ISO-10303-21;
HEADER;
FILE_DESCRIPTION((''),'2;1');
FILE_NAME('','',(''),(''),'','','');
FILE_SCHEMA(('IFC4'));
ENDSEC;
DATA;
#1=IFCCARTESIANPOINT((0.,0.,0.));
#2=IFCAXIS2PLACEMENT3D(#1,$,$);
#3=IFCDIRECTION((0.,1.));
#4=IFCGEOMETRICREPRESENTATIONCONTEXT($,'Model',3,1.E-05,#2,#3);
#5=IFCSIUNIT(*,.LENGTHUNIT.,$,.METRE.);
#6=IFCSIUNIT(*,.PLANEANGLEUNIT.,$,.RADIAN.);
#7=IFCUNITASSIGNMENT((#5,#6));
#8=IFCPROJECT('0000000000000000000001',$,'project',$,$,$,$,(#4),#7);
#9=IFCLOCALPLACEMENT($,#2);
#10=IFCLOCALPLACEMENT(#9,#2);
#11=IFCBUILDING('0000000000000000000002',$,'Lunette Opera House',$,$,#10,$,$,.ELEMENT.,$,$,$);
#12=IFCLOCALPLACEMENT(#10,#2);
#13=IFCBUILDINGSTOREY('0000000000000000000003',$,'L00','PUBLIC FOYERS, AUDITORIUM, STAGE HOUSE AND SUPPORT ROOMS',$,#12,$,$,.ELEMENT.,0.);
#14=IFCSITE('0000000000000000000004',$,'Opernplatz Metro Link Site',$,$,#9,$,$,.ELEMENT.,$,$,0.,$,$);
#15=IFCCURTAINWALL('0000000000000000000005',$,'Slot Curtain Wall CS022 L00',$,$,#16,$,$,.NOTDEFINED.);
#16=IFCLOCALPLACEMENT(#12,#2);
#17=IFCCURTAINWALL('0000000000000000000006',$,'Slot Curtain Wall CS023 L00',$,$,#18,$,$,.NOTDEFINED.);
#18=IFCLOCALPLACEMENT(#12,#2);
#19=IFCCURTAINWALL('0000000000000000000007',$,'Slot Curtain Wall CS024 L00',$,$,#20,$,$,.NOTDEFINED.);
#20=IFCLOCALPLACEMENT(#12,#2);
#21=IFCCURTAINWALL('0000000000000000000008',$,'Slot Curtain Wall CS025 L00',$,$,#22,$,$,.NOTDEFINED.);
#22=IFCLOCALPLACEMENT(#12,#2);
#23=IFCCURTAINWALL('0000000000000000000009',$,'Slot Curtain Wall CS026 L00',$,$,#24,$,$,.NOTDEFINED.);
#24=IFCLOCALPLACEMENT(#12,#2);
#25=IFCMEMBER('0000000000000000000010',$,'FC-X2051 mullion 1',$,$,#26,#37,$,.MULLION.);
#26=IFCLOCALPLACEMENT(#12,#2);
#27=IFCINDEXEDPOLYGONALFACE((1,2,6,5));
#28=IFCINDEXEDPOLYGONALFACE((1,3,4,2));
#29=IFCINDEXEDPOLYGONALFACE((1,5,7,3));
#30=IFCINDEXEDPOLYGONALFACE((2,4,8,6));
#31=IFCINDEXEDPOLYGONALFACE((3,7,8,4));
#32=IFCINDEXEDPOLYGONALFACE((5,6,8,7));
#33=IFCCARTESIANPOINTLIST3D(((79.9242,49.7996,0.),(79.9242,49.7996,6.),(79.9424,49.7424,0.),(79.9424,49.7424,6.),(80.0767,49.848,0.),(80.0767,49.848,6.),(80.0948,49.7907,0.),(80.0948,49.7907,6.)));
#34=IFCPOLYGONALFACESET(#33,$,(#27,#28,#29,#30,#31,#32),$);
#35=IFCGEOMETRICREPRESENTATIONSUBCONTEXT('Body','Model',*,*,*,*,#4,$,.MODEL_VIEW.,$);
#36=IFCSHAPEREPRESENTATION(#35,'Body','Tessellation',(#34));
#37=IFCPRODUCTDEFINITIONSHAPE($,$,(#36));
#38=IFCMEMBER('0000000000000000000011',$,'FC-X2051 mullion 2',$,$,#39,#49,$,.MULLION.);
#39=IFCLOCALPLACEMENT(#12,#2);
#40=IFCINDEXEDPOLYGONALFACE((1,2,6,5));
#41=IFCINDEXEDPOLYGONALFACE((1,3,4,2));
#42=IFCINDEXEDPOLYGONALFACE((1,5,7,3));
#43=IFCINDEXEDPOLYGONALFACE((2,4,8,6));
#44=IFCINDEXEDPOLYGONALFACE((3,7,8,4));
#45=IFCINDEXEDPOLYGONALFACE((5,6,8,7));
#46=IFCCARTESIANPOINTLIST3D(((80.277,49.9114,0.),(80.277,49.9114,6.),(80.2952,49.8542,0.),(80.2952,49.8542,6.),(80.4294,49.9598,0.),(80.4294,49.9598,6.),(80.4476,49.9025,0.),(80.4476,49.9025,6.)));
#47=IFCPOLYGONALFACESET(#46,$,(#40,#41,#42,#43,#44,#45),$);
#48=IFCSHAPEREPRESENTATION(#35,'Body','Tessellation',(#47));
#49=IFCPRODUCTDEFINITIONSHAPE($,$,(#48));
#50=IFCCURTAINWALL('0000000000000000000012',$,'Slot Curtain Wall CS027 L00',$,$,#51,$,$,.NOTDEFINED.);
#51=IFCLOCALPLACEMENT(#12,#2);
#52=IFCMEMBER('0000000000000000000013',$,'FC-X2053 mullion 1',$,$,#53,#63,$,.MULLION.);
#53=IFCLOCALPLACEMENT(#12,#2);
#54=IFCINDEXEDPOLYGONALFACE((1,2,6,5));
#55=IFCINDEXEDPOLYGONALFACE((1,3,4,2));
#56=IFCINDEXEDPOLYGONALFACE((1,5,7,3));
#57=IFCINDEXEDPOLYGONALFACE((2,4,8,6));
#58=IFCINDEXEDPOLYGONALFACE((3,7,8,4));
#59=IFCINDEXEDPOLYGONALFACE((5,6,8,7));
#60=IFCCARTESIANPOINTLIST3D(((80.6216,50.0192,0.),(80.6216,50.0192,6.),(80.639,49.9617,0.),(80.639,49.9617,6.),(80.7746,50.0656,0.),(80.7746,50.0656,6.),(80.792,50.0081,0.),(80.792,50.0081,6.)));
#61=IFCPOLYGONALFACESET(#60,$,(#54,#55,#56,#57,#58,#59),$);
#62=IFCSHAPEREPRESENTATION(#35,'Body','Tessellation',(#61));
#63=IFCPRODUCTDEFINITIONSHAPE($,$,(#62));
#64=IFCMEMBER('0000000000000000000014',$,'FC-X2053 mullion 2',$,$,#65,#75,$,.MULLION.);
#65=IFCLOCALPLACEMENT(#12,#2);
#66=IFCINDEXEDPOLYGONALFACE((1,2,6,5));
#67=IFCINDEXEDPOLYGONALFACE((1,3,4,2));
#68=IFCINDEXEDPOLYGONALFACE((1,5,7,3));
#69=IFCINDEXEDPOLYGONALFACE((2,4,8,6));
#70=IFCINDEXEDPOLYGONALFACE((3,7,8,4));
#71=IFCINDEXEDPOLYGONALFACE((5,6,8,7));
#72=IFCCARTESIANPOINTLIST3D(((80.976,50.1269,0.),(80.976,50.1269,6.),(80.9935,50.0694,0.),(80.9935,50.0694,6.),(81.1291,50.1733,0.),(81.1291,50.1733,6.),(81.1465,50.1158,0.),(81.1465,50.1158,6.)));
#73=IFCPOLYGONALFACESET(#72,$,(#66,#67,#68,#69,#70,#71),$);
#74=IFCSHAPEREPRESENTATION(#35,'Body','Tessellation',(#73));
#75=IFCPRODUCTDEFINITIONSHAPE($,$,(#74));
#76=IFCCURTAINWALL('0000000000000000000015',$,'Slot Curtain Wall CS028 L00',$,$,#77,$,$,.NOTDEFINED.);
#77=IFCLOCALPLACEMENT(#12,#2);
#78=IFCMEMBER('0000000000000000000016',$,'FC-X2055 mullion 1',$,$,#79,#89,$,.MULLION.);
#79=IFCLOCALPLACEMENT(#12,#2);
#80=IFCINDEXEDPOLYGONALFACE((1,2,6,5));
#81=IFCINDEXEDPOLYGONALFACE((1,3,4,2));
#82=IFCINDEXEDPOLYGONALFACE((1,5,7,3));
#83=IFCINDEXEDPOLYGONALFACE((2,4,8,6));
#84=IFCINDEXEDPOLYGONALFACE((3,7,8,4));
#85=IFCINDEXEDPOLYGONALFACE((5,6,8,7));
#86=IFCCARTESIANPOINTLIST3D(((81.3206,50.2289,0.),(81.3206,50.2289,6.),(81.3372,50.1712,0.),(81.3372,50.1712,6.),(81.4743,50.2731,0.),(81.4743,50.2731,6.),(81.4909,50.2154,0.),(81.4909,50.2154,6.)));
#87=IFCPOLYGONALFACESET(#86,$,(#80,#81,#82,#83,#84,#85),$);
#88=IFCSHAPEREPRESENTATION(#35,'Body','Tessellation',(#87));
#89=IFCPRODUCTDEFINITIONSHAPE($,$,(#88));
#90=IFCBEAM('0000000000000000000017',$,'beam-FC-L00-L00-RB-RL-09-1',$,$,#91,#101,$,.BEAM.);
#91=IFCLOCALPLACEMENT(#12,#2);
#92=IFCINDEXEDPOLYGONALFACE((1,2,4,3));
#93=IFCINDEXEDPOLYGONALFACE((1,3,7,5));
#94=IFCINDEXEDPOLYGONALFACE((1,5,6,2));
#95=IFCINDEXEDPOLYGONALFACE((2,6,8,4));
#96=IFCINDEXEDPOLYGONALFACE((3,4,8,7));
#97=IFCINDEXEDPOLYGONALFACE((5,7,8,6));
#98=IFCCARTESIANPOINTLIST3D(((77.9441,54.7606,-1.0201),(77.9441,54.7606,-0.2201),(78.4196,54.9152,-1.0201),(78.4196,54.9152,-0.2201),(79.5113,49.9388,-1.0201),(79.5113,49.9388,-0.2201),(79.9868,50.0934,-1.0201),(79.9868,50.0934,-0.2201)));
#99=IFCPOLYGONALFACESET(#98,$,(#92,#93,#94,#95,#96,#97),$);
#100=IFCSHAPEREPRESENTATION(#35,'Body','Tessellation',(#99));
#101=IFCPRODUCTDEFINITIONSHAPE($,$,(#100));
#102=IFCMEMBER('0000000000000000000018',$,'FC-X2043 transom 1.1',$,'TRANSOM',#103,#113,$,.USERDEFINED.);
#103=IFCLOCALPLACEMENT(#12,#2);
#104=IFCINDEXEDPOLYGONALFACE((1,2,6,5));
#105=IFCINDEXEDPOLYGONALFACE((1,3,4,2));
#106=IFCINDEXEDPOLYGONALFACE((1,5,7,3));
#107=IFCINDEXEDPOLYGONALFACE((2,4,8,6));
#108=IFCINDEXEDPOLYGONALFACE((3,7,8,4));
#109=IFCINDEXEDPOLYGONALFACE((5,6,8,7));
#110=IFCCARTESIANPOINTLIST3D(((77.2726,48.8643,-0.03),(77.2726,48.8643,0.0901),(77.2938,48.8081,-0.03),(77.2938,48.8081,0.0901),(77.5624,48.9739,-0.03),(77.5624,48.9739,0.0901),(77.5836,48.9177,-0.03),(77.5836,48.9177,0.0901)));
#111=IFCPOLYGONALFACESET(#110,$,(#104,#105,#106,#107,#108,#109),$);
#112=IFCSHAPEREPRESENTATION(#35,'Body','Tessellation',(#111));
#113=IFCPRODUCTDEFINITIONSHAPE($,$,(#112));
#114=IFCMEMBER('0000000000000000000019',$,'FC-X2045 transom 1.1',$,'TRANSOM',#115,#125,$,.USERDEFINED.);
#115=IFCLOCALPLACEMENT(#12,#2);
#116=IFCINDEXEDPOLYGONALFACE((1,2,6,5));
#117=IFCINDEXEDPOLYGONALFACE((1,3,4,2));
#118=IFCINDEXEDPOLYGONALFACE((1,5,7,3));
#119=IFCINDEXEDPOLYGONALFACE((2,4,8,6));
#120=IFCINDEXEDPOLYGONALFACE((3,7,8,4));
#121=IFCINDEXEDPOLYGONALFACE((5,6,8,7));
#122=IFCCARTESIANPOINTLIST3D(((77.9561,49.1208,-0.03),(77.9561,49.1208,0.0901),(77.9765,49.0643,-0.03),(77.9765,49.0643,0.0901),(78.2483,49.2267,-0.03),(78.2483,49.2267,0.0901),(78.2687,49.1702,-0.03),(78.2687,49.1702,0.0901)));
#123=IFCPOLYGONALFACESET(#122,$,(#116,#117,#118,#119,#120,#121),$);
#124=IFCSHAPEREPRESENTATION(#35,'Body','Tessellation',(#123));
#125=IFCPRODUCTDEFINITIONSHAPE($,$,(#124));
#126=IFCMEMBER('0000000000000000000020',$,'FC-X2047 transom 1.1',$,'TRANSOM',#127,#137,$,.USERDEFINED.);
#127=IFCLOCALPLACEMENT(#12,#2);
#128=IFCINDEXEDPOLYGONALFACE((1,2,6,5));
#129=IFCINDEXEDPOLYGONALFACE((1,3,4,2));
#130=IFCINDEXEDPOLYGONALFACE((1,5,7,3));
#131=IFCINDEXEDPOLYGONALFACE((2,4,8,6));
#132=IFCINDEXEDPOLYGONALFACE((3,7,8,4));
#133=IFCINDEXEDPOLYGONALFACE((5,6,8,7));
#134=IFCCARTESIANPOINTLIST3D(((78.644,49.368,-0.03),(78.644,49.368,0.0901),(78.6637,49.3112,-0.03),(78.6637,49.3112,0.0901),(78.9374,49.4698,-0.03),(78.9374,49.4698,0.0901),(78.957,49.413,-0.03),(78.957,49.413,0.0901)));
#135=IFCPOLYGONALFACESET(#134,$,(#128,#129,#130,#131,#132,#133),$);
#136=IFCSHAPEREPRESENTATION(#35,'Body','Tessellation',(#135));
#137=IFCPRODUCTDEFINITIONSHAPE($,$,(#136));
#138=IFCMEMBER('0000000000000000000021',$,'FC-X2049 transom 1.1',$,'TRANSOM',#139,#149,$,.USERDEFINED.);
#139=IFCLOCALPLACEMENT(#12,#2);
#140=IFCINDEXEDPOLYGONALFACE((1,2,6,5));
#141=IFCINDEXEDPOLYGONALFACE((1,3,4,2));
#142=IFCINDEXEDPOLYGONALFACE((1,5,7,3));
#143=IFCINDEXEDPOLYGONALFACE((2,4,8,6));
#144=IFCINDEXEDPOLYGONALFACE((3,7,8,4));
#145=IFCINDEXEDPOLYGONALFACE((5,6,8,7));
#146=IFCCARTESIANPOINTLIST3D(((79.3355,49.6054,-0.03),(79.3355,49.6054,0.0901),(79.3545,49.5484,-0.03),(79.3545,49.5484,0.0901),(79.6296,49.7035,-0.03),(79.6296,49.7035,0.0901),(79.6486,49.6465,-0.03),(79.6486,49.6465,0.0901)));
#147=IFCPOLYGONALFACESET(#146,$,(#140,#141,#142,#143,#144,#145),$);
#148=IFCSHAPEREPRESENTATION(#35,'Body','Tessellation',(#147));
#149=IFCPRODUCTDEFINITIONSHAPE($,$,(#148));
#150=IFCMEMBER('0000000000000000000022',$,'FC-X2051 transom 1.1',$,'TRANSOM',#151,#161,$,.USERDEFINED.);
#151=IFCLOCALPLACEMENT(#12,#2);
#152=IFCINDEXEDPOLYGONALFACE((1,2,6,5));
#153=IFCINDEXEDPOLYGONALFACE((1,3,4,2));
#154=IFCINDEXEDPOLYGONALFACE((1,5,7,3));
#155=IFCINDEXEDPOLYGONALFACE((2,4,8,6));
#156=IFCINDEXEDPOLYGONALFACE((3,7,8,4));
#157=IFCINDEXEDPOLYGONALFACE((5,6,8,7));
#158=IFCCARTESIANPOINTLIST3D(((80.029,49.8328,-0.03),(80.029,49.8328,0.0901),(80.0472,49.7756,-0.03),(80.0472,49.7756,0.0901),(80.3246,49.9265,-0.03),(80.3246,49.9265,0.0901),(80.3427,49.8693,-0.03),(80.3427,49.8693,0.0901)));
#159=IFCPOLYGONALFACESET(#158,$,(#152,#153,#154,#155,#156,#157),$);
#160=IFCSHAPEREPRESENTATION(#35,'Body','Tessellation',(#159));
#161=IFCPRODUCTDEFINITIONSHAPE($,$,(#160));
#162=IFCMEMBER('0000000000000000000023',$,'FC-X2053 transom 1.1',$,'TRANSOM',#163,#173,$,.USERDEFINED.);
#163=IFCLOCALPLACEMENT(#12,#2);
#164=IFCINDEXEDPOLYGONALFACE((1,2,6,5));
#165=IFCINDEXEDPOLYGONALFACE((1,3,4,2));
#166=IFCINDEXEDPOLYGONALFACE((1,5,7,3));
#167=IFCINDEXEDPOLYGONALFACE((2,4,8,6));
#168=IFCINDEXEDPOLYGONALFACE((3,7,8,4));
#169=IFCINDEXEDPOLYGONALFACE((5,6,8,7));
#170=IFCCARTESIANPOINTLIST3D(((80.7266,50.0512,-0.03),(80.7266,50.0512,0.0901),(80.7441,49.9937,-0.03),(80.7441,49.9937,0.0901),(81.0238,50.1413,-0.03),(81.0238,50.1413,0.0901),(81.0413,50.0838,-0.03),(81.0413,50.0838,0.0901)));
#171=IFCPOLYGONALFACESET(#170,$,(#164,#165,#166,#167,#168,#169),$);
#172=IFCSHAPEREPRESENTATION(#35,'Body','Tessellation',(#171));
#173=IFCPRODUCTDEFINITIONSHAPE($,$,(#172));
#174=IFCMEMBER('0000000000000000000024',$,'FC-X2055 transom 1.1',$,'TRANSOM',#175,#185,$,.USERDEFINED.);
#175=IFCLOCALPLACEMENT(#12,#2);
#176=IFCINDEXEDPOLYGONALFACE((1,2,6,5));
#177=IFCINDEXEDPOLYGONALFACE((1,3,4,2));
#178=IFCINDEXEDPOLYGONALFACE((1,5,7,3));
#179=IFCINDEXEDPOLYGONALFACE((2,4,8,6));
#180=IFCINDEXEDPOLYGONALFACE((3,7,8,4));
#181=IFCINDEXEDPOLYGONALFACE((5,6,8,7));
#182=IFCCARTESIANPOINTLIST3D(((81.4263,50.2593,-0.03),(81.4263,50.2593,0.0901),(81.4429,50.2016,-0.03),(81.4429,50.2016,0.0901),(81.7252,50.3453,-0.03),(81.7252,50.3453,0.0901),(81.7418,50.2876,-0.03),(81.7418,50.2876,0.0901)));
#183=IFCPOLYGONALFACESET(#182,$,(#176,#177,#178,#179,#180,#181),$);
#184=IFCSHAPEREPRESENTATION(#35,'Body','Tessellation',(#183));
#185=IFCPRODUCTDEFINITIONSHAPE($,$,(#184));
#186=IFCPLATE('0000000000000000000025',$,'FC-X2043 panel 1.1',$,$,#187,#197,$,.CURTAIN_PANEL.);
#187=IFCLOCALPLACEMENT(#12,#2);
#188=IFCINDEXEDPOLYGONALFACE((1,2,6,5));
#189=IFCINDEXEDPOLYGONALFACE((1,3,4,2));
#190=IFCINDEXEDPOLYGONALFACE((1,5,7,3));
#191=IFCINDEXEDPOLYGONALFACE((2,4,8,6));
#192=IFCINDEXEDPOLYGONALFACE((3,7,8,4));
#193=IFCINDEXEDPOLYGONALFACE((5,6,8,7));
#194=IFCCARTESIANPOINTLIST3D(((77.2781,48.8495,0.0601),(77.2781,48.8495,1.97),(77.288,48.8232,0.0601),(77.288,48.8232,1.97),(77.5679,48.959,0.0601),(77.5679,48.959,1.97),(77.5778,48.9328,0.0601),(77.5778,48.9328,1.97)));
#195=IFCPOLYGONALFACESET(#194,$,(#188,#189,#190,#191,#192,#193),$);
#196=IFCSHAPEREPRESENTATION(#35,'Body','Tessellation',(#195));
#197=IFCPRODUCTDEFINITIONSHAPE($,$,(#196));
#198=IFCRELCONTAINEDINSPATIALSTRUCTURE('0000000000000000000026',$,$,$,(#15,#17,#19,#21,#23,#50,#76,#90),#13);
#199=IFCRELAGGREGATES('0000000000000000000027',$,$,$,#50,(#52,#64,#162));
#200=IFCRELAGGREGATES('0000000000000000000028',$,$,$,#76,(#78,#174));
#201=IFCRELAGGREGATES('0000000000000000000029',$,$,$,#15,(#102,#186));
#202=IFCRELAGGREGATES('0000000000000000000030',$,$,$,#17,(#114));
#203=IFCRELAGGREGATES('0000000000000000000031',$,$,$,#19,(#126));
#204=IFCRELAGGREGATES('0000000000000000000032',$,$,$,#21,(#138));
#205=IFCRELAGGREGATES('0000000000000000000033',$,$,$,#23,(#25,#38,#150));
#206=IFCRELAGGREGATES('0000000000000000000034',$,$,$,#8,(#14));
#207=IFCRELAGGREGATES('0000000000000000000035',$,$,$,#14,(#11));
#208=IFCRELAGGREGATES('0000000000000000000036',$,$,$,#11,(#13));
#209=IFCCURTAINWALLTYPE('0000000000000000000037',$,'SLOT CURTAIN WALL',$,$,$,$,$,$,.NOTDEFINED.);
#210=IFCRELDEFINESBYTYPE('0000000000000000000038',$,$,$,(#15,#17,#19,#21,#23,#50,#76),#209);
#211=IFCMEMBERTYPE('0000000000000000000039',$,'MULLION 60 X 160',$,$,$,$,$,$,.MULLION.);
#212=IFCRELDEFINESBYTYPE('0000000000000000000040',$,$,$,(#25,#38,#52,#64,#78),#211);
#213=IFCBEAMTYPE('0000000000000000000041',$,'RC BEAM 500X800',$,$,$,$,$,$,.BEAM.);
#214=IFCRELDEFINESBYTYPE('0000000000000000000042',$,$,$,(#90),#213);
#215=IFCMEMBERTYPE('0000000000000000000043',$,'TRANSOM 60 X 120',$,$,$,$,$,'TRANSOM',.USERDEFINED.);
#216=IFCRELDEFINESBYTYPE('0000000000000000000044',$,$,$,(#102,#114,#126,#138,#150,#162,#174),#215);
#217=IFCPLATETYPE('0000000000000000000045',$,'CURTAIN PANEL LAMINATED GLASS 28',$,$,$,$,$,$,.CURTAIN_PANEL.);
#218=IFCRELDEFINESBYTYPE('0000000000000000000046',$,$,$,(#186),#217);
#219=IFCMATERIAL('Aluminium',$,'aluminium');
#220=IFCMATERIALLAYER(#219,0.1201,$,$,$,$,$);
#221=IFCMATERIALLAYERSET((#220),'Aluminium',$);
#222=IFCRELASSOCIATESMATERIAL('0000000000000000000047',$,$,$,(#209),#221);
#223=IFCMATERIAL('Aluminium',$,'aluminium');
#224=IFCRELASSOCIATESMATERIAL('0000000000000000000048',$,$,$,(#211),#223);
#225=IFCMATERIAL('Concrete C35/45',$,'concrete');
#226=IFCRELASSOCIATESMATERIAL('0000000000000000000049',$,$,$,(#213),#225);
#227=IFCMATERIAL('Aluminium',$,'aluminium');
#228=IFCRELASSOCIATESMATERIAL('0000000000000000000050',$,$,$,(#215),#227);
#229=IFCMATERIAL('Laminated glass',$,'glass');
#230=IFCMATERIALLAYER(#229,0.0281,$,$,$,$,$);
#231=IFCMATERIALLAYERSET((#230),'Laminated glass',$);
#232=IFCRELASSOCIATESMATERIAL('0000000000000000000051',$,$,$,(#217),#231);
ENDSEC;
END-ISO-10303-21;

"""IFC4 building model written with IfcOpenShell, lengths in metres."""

from ifc_helpers import new_model, si_unit, direction, frame, origin, origin_2d, place, context, subcontext, project, spatial, rectangle, extrude, material, layer, layer_set, material_profile, profile_set, type_object, element, aggregate, save


model = new_model("IFC4")

# Units and contexts
model_context = context("Model", 3, precision=1e-05, world=origin(), true_north=direction((0.0, 1.0)))
body_context = subcontext(model_context, "Body", "Model", "MODEL_VIEW")
ifc_project = project(units=[si_unit("LENGTHUNIT", "METRE"), si_unit("PLANEANGLEUNIT", "RADIAN")], contexts=[model_context])

# Site, building, storey
site_placement = place(None, origin())
site = spatial("IfcSite", under=ifc_project, at=site_placement, Name="Opernplatz Metro Link Site", CompositionType="ELEMENT", RefElevation=0.0)
building_placement = place(site_placement, origin())
building = spatial("IfcBuilding", under=site, at=building_placement, Name="Lunette Opera House", CompositionType="ELEMENT")
storey_placement = place(building_placement, origin())
storey = spatial("IfcBuildingStorey", under=building, at=storey_placement, Name="L00", Description="PUBLIC FOYERS, AUDITORIUM, STAGE HOUSE AND SUPPORT ROOMS", CompositionType="ELEMENT", Elevation=0.0)

# Shared definitions
ifc_material_1 = material(Name="Aluminium", Category="aluminium")
ifc_layer_1 = layer(ifc_material_1, 0.1201)
ifc_layer_set_1 = layer_set([ifc_layer_1], Name="Aluminium")
curtain_wall_type = type_object("IfcCurtainWallType", Name="SLOT CURTAIN WALL", PredefinedType="NOTDEFINED", material=ifc_layer_set_1)
ifc_material_2 = material(Name="Aluminium", Category="aluminium")
ifc_material_profile_1 = material_profile(ifc_material_2, rectangle(XDim=0.0601, YDim=0.1599, at=origin_2d()), Name="MULLION 60 X 160")
ifc_profile_set_1 = profile_set([ifc_material_profile_1], Name="Aluminium")
member_type_1 = type_object("IfcMemberType", Name="MULLION 60 X 160", PredefinedType="MULLION", material=ifc_profile_set_1)

# Curtain walls, members
curtain_wall_1_placement = place(storey_placement, origin())
curtain_wall_1 = element("IfcCurtainWall", 1, at=curtain_wall_1_placement, inside=storey, type_object=curtain_wall_type, Name="Slot Curtain Wall CS022 L00", PredefinedType="NOTDEFINED")
curtain_wall_2_placement = place(storey_placement, origin())
curtain_wall_2 = element("IfcCurtainWall", 2, at=curtain_wall_2_placement, inside=storey, type_object=curtain_wall_type, Name="Slot Curtain Wall CS023 L00", PredefinedType="NOTDEFINED")
curtain_wall_3_placement = place(storey_placement, origin())
curtain_wall_3 = element("IfcCurtainWall", 3, at=curtain_wall_3_placement, inside=storey, type_object=curtain_wall_type, Name="Slot Curtain Wall CS024 L00", PredefinedType="NOTDEFINED")
curtain_wall_4_placement = place(storey_placement, origin())
curtain_wall_4 = element("IfcCurtainWall", 4, at=curtain_wall_4_placement, inside=storey, type_object=curtain_wall_type, Name="Slot Curtain Wall CS025 L00", PredefinedType="NOTDEFINED")
curtain_wall_5_placement = place(storey_placement, origin())
curtain_wall_5 = element("IfcCurtainWall", 5, at=curtain_wall_5_placement, inside=storey, type_object=curtain_wall_type, Name="Slot Curtain Wall CS026 L00", PredefinedType="NOTDEFINED")
member_1_placement = place(storey_placement, frame((80.0095, 49.7952, 0.0), z_axis=(0.0, 0.0, 1.0), x_axis=(-0.302244, 0.953231, 0.0)))
member_1 = element("IfcMember", 6, at=member_1_placement, type_object=member_type_1, Name="FC-X2051 mullion 1", PredefinedType="MULLION", context=body_context, shape_type="SweptSolid", body=[
    extrude(rectangle(XDim=0.0601, YDim=0.1599, at=origin_2d()), origin(), (0.0, 0.0, 1.0), 6.0),
])
member_2_placement = place(storey_placement, frame((80.3623, 49.907, 0.0), z_axis=(0.0, 0.0, 1.0), x_axis=(-0.302244, 0.953231, 0.0)))
member_2 = element("IfcMember", 7, at=member_2_placement, type_object=member_type_1, Name="FC-X2051 mullion 2", PredefinedType="MULLION", context=body_context, shape_type="SweptSolid", body=[
    extrude(rectangle(XDim=0.0601, YDim=0.1599, at=origin_2d()), origin(), (0.0, 0.0, 1.0), 6.0),
])
curtain_wall_6_placement = place(storey_placement, origin())
curtain_wall_6 = element("IfcCurtainWall", 8, at=curtain_wall_6_placement, inside=storey, type_object=curtain_wall_type, Name="Slot Curtain Wall CS027 L00", PredefinedType="NOTDEFINED")
member_3_placement = place(storey_placement, frame((80.7068, 50.0137, 0.0), z_axis=(0.0, 0.0, 1.0), x_axis=(-0.29033, 0.956927, 0.0)))
member_3 = element("IfcMember", 9, at=member_3_placement, type_object=member_type_1, Name="FC-X2053 mullion 1", PredefinedType="MULLION", context=body_context, shape_type="SweptSolid", body=[
    extrude(rectangle(XDim=0.0601, YDim=0.1599, at=origin_2d()), origin(), (0.0, 0.0, 1.0), 6.0),
])
member_4_placement = place(storey_placement, frame((81.0613, 50.1213, 0.0), z_axis=(0.0, 0.0, 1.0), x_axis=(-0.29033, 0.956927, 0.0)))
member_4 = element("IfcMember", 10, at=member_4_placement, type_object=member_type_1, Name="FC-X2053 mullion 2", PredefinedType="MULLION", context=body_context, shape_type="SweptSolid", body=[
    extrude(rectangle(XDim=0.0601, YDim=0.1599, at=origin_2d()), origin(), (0.0, 0.0, 1.0), 6.0),
])

# Curtain wall, member
curtain_wall_7_placement = place(storey_placement, origin())
curtain_wall_7 = element("IfcCurtainWall", 11, at=curtain_wall_7_placement, inside=storey, type_object=curtain_wall_type, Name="Slot Curtain Wall CS028 L00", PredefinedType="NOTDEFINED")
member_5_placement = place(storey_placement, frame((81.4058, 50.2222, 0.0), z_axis=(0.0, 0.0, 1.0), x_axis=(-0.276254, 0.961085, 0.0)))
member_5 = element("IfcMember", 12, at=member_5_placement, type_object=member_type_1, Name="FC-X2055 mullion 1", PredefinedType="MULLION", context=body_context, shape_type="SweptSolid", body=[
    extrude(rectangle(XDim=0.0601, YDim=0.1599, at=origin_2d()), origin(), (0.0, 0.0, 1.0), 6.0),
])

# Beam
ifc_material_3 = material(Name="Concrete C35/45", Category="concrete")
ifc_material_profile_2 = material_profile(ifc_material_3, rectangle(XDim=0.5, YDim=0.8, at=origin_2d()), Name="RC BEAM 500X800")
ifc_profile_set_2 = profile_set([ifc_material_profile_2], Name="Concrete C35/45")
beam_type = type_object("IfcBeamType", Name="RC BEAM 500X800", PredefinedType="BEAM", material=ifc_profile_set_2)
beam_placement = place(storey_placement, frame((79.749, 50.0161, -0.6201), z_axis=(-0.309097, 0.951031, 0.0), x_axis=(-0.951031, -0.309097, 0.0)))
element("IfcBeam", 13, at=beam_placement, inside=storey, type_object=beam_type, Name="beam-FC-L00-L00-RB-RL-09-1", PredefinedType="BEAM", context=body_context, shape_type="SweptSolid", body=[
    extrude(rectangle(XDim=0.5, YDim=0.8, at=origin_2d()), origin(), (0.0, 0.0, 1.0), 5.0701),
])

# Members
ifc_material_4 = material(Name="Aluminium", Category="aluminium")
ifc_material_profile_3 = material_profile(ifc_material_4, rectangle(XDim=0.0601, YDim=0.1201, at=origin_2d()), Name="TRANSOM 60 X 120")
ifc_profile_set_3 = profile_set([ifc_material_profile_3], Name="Aluminium")
member_type_2 = type_object("IfcMemberType", Name="TRANSOM 60 X 120", ElementType="TRANSOM", PredefinedType="USERDEFINED", material=ifc_profile_set_3)
member_6_placement = place(storey_placement, frame((77.2832, 48.8362, 0.03), z_axis=(0.935321, 0.353799, 0.0), x_axis=(-0.353799, 0.935321, 0.0)))
member_6 = element("IfcMember", 14, at=member_6_placement, type_object=member_type_2, Name="FC-X2043 transom 1.1", ObjectType="TRANSOM", PredefinedType="USERDEFINED", context=body_context, shape_type="SweptSolid", body=[
    extrude(rectangle(XDim=0.0601, YDim=0.1201, at=origin_2d()), origin(), (0.0, 0.0, 1.0), 0.3098),
])
member_7_placement = place(storey_placement, frame((77.9663, 49.0925, 0.03), z_axis=(0.940114, 0.34086, 0.0), x_axis=(-0.34086, 0.940114, 0.0)))
member_7 = element("IfcMember", 15, at=member_7_placement, type_object=member_type_2, Name="FC-X2045 transom 1.1", ObjectType="TRANSOM", PredefinedType="USERDEFINED", context=body_context, shape_type="SweptSolid", body=[
    extrude(rectangle(XDim=0.0601, YDim=0.1201, at=origin_2d()), origin(), (0.0, 0.0, 1.0), 0.3108),
])
member_8_placement = place(storey_placement, frame((78.6538, 49.3396, 0.03), z_axis=(0.944762, 0.327758, 0.0), x_axis=(-0.327758, 0.944762, 0.0)))
member_8 = element("IfcMember", 16, at=member_8_placement, type_object=member_type_2, Name="FC-X2047 transom 1.1", ObjectType="TRANSOM", PredefinedType="USERDEFINED", context=body_context, shape_type="SweptSolid", body=[
    extrude(rectangle(XDim=0.0601, YDim=0.1201, at=origin_2d()), origin(), (0.0, 0.0, 1.0), 0.3105),
])
member_9_placement = place(storey_placement, frame((79.345, 49.5769, 0.03), z_axis=(0.948605, 0.316464, 0.0), x_axis=(-0.316464, 0.948605, 0.0)))
member_9 = element("IfcMember", 17, at=member_9_placement, type_object=member_type_2, Name="FC-X2049 transom 1.1", ObjectType="TRANSOM", PredefinedType="USERDEFINED", context=body_context, shape_type="SweptSolid", body=[
    extrude(rectangle(XDim=0.0601, YDim=0.1201, at=origin_2d()), origin(), (0.0, 0.0, 1.0), 0.3101),
])
member_10_placement = place(storey_placement, frame((80.0381, 49.8042, 0.03), z_axis=(0.953225, 0.302261, 0.0), x_axis=(-0.302261, 0.953225, 0.0)))
member_10 = element("IfcMember", 18, at=member_10_placement, type_object=member_type_2, Name="FC-X2051 transom 1.1", ObjectType="TRANSOM", PredefinedType="USERDEFINED", context=body_context, shape_type="SweptSolid", body=[
    extrude(rectangle(XDim=0.0601, YDim=0.1201, at=origin_2d()), origin(), (0.0, 0.0, 1.0), 0.3101),
])
member_11_placement = place(storey_placement, frame((80.7354, 50.0225, 0.03), z_axis=(0.956978, 0.29016, 0.0), x_axis=(-0.29016, 0.956978, 0.0)))
member_11 = element("IfcMember", 19, at=member_11_placement, type_object=member_type_2, Name="FC-X2053 transom 1.1", ObjectType="TRANSOM", PredefinedType="USERDEFINED", context=body_context, shape_type="SweptSolid", body=[
    extrude(rectangle(XDim=0.0601, YDim=0.1201, at=origin_2d()), origin(), (0.0, 0.0, 1.0), 0.3105),
])
aggregate(curtain_wall_6, [member_3, member_4, member_11])
member_12_placement = place(storey_placement, frame((81.4346, 50.2305, 0.03), z_axis=(0.961048, 0.27638, 0.0), x_axis=(-0.27638, 0.961048, 0.0)))
member_12 = element("IfcMember", 20, at=member_12_placement, type_object=member_type_2, Name="FC-X2055 transom 1.1", ObjectType="TRANSOM", PredefinedType="USERDEFINED", context=body_context, shape_type="SweptSolid", body=[
    extrude(rectangle(XDim=0.0601, YDim=0.1201, at=origin_2d()), origin(), (0.0, 0.0, 1.0), 0.311),
])
aggregate(curtain_wall_7, [member_5, member_12])

# Plate
ifc_material_5 = material(Name="Laminated glass", Category="glass")
ifc_layer_2 = layer(ifc_material_5, 0.0281)
ifc_layer_set_2 = layer_set([ifc_layer_2], Name="Laminated glass")
plate_type = type_object("IfcPlateType", Name="CURTAIN PANEL LAMINATED GLASS 28", PredefinedType="CURTAIN_PANEL", material=ifc_layer_set_2)
plate_1_placement = place(storey_placement, frame((77.428, 48.8911, 0.0601), z_axis=(0.0, 0.0, 1.0), x_axis=(0.935369, 0.353672, 0.0)))
plate_1 = element("IfcPlate", 21, at=plate_1_placement, type_object=plate_type, Name="FC-X2043 panel 1.1", PredefinedType="CURTAIN_PANEL", context=body_context, shape_type="SweptSolid", body=[
    extrude(rectangle(XDim=0.3098, YDim=0.0281, at=origin_2d()), origin(), (0.0, 0.0, 1.0), 1.9099),
])
aggregate(curtain_wall_1, [member_6, plate_1])
aggregate(curtain_wall_2, [member_7])
aggregate(curtain_wall_3, [member_8])
aggregate(curtain_wall_4, [member_9])
aggregate(curtain_wall_5, [member_1, member_2, member_10])

save(model, "model.ifc")
